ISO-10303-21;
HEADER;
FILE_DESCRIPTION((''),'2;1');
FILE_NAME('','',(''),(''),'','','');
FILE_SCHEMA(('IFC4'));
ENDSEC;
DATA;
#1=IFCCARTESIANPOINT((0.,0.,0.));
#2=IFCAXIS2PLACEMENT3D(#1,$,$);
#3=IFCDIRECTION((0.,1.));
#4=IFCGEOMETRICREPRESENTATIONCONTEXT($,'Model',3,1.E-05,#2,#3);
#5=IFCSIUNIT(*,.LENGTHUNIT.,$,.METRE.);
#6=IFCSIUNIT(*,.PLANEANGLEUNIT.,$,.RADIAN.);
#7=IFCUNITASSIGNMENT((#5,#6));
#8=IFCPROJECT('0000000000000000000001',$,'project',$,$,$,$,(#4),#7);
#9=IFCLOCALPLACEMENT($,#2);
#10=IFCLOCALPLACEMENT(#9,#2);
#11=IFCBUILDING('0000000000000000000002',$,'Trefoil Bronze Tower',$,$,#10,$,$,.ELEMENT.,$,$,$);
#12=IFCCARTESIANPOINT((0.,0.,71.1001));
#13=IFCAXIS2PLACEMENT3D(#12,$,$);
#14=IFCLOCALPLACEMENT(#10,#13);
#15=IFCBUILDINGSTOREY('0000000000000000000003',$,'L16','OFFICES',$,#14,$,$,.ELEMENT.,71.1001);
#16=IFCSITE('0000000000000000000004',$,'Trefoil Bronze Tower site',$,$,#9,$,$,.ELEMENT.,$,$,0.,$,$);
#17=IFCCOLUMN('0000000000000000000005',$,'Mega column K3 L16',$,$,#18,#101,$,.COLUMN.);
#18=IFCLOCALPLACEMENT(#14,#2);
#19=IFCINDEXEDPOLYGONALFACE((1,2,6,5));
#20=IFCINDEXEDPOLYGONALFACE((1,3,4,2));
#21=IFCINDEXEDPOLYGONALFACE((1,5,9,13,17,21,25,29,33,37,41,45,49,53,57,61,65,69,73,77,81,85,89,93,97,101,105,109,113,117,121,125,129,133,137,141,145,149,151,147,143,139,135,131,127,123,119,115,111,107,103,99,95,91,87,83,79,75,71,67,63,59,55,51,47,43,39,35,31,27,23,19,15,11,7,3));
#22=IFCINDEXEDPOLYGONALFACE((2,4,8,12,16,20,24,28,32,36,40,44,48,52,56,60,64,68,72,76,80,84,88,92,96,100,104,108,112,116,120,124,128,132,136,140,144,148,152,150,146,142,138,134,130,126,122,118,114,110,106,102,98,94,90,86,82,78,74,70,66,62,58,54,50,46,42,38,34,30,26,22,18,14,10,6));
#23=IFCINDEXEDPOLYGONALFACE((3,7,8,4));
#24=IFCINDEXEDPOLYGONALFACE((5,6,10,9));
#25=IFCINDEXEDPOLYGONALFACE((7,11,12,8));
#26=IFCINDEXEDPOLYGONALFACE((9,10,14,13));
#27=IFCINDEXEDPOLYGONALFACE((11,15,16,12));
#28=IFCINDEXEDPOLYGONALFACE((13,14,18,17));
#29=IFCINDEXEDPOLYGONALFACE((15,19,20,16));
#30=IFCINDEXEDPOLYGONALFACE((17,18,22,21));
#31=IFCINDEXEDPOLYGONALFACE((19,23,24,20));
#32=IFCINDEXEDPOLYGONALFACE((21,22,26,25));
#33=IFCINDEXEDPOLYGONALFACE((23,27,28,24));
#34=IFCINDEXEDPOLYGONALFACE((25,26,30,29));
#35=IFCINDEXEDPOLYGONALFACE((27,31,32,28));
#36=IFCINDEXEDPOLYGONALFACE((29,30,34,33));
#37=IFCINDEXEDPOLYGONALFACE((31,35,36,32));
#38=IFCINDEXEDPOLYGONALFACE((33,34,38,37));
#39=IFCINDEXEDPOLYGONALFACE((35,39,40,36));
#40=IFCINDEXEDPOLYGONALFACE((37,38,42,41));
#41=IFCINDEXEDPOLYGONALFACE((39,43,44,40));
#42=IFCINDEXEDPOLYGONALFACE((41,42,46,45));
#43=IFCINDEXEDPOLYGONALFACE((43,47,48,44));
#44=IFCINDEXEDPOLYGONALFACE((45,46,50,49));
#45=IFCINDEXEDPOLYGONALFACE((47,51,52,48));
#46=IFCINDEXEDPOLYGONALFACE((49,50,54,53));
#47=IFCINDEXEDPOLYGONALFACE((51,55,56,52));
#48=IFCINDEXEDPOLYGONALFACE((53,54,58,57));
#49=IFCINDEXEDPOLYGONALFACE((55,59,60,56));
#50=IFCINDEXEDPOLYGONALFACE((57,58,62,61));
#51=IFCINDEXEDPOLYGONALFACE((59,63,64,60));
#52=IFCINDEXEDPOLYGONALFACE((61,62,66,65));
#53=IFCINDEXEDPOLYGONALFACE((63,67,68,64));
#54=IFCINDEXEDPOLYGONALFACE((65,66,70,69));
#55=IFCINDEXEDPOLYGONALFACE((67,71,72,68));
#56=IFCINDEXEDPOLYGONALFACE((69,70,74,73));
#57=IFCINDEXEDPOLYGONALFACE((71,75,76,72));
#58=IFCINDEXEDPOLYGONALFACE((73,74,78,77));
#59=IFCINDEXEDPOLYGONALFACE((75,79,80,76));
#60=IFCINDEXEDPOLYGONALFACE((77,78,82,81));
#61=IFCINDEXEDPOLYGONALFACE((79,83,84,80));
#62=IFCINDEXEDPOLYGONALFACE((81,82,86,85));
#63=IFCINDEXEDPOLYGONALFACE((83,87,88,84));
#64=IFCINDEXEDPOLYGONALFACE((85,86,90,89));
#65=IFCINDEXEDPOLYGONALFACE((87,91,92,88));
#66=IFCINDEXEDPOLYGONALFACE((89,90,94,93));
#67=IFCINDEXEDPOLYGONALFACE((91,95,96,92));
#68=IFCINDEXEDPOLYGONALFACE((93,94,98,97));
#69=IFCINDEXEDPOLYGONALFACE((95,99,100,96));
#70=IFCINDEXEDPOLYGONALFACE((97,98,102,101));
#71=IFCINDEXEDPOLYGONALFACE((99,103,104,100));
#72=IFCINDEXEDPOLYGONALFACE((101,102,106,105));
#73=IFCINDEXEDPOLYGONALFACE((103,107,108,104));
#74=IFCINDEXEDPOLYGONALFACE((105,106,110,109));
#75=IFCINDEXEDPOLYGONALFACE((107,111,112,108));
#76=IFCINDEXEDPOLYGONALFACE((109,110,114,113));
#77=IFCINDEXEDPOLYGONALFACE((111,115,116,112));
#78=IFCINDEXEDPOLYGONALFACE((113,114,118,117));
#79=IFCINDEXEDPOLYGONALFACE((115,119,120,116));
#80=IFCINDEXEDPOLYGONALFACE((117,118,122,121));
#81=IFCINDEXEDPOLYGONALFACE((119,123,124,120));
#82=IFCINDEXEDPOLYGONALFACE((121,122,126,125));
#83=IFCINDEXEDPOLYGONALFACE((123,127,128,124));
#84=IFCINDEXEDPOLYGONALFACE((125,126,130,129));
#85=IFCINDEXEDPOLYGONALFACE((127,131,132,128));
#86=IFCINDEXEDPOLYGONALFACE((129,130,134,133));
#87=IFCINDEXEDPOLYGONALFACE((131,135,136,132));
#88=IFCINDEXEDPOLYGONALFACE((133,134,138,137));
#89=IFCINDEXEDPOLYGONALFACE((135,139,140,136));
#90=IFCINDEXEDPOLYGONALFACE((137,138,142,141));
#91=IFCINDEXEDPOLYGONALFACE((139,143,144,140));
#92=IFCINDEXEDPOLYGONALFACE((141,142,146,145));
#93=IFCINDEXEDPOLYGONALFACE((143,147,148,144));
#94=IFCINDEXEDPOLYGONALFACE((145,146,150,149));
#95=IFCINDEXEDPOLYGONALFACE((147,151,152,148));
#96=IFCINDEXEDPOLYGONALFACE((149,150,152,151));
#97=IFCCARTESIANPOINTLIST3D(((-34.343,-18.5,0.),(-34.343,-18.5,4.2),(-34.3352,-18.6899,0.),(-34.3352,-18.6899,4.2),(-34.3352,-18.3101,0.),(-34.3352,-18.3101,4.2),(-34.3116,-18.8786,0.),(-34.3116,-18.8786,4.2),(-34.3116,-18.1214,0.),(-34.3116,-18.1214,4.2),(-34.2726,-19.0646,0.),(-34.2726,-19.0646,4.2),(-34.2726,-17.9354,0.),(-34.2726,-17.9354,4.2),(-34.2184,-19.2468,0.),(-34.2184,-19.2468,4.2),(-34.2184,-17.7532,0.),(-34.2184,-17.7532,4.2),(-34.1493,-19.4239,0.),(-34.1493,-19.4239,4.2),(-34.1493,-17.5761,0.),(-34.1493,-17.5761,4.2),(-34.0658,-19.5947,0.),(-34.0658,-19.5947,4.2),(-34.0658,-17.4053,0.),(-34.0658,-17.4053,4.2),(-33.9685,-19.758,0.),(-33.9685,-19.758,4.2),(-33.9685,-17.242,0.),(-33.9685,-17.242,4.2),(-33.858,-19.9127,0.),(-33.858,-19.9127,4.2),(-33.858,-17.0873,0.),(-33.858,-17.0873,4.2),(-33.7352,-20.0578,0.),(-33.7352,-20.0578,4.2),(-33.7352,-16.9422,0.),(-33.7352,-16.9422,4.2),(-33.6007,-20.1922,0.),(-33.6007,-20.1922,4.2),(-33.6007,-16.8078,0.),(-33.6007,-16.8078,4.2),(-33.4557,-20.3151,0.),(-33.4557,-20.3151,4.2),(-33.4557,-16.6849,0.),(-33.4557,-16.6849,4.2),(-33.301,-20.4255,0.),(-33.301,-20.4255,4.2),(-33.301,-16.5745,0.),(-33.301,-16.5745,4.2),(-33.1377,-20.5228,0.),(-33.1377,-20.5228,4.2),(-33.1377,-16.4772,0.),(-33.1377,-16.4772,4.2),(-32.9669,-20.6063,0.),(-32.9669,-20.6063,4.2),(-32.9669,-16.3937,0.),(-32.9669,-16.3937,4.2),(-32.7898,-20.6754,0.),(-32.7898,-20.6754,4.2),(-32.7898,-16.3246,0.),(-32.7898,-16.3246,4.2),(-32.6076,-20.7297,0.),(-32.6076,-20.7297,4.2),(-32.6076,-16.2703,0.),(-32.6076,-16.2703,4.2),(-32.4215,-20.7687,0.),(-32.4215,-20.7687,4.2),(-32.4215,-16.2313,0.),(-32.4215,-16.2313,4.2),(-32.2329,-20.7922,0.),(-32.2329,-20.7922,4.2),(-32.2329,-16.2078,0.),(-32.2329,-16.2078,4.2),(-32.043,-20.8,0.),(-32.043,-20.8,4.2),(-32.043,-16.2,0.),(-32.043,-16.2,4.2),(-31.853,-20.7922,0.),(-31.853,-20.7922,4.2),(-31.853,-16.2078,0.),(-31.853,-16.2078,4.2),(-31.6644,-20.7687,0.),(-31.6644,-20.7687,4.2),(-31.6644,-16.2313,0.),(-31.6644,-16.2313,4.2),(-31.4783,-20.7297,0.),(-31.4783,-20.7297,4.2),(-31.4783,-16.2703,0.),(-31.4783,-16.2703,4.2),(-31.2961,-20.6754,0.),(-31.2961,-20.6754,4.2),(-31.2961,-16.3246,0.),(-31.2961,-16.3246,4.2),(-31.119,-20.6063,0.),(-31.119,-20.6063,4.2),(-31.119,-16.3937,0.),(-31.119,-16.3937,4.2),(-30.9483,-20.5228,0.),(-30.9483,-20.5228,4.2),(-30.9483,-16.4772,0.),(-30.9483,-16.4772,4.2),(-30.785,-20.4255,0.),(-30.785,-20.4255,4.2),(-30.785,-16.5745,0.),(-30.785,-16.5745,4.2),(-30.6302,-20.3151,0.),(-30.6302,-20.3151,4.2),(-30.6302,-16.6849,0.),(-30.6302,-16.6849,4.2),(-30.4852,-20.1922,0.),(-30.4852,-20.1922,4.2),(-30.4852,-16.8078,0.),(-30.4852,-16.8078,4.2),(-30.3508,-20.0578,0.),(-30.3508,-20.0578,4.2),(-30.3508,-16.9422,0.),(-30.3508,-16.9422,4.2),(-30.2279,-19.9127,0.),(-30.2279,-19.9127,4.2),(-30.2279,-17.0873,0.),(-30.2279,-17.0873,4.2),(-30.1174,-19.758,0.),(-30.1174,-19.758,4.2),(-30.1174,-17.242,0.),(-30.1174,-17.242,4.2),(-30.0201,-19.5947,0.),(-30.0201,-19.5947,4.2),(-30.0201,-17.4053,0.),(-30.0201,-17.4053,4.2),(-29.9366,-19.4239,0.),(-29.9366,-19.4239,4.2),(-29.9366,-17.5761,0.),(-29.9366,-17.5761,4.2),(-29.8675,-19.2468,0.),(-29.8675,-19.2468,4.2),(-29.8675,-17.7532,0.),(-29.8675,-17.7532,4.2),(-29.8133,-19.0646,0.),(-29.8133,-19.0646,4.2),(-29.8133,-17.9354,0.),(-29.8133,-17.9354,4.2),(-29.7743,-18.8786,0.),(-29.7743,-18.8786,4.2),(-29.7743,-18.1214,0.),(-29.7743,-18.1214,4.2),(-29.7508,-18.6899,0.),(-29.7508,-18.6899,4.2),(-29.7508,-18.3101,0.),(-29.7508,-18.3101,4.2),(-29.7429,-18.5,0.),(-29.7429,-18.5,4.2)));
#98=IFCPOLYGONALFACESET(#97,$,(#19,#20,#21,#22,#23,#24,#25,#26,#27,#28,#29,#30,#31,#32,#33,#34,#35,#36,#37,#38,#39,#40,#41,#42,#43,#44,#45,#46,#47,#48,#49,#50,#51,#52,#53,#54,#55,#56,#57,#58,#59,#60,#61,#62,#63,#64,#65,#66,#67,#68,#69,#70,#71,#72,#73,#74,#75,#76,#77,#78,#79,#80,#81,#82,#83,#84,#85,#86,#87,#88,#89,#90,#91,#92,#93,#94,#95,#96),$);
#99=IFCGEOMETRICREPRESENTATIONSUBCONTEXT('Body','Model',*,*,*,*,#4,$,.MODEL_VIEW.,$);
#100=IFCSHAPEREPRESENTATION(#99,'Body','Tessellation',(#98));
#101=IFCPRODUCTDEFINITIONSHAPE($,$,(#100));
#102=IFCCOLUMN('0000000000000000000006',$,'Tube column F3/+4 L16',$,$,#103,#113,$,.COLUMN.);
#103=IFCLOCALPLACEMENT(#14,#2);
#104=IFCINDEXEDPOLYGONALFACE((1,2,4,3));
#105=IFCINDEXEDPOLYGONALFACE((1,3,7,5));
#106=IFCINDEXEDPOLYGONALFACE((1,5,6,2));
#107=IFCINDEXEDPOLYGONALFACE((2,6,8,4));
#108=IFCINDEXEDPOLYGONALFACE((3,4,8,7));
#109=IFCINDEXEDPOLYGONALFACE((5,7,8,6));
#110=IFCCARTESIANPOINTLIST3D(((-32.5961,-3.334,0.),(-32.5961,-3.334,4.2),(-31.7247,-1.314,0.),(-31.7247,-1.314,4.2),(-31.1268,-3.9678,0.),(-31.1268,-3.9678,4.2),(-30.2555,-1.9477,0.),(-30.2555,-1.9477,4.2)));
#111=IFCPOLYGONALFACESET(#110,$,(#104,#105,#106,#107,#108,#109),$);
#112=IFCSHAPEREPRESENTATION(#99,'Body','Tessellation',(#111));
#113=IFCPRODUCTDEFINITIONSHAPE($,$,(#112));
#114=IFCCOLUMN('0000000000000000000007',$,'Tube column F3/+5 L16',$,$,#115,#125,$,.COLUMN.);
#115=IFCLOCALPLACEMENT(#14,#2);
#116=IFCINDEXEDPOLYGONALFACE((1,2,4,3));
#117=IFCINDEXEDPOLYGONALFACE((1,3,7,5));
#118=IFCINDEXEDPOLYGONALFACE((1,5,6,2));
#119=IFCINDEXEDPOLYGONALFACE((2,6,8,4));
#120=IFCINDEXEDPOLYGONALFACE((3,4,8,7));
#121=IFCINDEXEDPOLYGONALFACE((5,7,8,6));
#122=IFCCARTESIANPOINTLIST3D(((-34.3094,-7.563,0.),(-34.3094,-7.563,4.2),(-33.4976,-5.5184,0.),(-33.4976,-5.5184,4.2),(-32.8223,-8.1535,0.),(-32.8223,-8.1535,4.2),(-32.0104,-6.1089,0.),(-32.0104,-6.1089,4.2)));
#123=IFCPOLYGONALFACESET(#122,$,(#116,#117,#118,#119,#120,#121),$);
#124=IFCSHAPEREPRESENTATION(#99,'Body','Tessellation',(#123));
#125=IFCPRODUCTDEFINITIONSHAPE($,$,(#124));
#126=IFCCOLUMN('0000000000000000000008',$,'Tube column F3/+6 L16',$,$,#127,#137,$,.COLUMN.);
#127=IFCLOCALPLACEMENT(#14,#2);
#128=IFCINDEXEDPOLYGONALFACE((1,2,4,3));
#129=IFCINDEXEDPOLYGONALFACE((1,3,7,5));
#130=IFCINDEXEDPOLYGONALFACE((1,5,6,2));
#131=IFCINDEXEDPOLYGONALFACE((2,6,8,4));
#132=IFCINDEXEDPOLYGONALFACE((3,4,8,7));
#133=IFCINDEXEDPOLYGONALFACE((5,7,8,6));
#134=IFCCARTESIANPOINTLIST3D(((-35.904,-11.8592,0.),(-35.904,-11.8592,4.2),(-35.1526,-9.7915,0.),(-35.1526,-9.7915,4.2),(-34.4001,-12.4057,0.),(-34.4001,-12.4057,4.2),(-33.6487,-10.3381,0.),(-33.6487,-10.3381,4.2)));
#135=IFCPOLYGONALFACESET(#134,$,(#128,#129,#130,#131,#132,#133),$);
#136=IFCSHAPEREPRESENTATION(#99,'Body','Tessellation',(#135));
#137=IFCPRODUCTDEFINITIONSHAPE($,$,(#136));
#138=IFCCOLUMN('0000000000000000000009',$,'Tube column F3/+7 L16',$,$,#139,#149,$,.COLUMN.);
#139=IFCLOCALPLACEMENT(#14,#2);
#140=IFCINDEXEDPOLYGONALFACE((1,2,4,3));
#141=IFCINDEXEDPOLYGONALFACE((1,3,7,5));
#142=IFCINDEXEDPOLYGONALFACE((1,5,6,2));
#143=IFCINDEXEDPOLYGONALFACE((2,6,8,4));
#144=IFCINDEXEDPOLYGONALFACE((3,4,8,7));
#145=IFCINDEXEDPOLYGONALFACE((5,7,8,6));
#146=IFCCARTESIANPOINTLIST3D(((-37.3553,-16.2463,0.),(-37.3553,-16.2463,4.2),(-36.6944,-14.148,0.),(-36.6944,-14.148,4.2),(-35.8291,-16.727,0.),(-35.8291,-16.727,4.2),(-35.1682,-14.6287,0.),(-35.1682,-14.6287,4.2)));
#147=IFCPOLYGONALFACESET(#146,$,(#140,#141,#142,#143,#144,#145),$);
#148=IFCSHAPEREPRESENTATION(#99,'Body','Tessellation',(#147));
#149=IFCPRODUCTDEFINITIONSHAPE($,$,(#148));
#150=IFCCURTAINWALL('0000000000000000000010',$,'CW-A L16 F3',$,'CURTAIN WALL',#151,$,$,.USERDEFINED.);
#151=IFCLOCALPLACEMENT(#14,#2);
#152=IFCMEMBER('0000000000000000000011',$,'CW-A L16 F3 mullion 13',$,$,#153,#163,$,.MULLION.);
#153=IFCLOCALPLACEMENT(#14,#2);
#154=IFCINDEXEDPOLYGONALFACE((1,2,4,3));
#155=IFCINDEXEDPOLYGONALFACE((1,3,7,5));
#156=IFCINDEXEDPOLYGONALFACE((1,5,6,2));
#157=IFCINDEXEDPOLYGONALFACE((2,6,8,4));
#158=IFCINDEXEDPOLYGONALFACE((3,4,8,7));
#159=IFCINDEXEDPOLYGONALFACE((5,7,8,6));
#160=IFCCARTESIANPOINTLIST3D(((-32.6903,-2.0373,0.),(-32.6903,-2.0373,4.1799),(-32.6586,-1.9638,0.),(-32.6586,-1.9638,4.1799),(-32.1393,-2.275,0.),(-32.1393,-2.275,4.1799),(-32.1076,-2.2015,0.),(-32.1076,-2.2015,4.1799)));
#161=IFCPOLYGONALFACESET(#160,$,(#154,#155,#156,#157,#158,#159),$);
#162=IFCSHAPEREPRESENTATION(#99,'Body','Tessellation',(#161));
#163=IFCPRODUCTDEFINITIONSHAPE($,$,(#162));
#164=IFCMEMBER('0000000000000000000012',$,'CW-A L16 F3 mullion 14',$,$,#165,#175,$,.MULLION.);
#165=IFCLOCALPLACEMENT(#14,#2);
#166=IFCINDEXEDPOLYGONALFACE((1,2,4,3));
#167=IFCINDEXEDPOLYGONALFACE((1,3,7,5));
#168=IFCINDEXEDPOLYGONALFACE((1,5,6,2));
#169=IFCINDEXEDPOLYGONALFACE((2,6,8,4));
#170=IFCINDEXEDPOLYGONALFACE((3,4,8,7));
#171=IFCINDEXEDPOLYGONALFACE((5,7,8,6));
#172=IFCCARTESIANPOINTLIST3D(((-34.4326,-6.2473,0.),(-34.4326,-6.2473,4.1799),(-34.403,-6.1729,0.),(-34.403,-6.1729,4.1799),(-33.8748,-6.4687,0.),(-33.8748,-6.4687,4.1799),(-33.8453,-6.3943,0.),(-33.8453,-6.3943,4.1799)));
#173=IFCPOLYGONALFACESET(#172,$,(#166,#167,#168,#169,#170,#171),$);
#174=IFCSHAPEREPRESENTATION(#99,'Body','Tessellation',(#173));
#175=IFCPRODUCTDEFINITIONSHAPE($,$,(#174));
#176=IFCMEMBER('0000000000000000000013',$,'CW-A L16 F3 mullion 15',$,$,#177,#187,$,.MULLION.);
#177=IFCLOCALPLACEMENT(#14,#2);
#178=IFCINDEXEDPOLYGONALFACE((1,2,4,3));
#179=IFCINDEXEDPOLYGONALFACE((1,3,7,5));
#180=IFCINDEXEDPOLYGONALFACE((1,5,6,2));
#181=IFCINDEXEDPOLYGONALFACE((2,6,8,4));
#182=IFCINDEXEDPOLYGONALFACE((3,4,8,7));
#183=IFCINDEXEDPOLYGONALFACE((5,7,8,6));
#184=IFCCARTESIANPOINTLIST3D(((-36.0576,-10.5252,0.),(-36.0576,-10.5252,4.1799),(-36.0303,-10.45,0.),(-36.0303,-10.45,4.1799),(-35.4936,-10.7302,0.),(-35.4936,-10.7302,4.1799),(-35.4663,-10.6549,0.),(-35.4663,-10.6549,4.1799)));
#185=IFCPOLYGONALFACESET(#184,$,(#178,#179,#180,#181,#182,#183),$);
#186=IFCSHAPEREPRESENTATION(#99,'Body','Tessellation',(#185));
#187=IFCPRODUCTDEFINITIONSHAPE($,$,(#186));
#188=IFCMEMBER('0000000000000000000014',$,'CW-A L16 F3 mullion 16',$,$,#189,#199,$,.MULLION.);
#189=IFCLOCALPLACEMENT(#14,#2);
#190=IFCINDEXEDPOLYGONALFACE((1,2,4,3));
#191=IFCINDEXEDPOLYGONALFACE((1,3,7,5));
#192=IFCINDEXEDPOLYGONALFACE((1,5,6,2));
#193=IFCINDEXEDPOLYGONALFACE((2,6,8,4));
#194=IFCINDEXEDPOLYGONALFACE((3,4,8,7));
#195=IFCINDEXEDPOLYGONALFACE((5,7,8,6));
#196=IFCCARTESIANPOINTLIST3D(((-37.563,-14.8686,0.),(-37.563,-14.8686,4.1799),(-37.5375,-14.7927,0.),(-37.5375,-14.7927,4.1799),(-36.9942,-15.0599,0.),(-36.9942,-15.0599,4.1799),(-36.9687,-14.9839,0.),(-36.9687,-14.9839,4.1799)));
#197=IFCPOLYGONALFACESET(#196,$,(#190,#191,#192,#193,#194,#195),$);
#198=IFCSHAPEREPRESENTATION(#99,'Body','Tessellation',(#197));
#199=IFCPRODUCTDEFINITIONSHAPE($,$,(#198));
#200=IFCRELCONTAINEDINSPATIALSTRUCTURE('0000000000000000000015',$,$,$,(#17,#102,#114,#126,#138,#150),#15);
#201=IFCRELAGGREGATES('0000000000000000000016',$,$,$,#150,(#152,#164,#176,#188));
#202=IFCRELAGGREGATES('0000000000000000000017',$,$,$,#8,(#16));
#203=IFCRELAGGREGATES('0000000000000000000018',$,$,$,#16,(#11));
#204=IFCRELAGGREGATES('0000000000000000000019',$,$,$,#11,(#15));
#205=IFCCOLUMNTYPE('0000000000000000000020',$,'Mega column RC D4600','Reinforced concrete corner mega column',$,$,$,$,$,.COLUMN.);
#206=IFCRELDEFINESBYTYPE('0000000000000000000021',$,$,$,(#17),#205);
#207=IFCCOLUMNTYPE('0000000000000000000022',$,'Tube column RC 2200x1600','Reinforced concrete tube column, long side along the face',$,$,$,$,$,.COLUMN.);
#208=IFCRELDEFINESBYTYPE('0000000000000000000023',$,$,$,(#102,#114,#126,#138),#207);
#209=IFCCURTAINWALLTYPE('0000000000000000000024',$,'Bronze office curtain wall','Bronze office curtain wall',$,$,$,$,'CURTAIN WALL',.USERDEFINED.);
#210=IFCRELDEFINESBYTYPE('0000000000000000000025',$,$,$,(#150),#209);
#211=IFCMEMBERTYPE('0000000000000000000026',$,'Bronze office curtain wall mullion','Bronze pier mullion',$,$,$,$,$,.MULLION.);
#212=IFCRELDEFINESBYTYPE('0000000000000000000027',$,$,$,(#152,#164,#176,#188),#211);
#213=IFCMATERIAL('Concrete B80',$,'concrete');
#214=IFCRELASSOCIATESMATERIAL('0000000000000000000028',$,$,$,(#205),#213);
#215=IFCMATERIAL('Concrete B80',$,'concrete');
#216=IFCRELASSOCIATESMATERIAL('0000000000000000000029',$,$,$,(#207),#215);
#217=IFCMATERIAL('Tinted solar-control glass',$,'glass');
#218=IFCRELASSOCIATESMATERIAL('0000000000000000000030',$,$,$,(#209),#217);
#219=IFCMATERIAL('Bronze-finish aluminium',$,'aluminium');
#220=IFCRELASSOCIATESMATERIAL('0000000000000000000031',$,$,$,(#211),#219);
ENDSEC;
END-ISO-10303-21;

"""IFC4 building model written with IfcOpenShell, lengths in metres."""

from ifc_helpers import new_model, si_unit, direction, frame, origin, origin_2d, place, context, subcontext, project, spatial, rectangle, circle, extrude, material, material_profile, profile_set, type_object, element, aggregate, save


model = new_model("IFC4")

# Units and contexts
model_context = context("Model", 3, precision=1e-05, world=origin(), true_north=direction((0.0, 1.0)))
body_context = subcontext(model_context, "Body", "Model", "MODEL_VIEW")
ifc_project = project(units=[si_unit("LENGTHUNIT", "METRE"), si_unit("PLANEANGLEUNIT", "RADIAN")], contexts=[model_context])

# Site, building, storey
site_placement = place(None, origin())
site = spatial("IfcSite", under=ifc_project, at=site_placement, Name="Trefoil Bronze Tower site", CompositionType="ELEMENT", RefElevation=0.0)
building_placement = place(site_placement, origin())
building = spatial("IfcBuilding", under=site, at=building_placement, Name="Trefoil Bronze Tower", CompositionType="ELEMENT")
storey_placement = place(building_placement, frame((0.0, 0.0, 71.1001)))
storey = spatial("IfcBuildingStorey", under=building, at=storey_placement, Name="L16", Description="OFFICES", CompositionType="ELEMENT", Elevation=71.1001)

# Columns
ifc_material_1 = material(Name="Concrete B80", Category="concrete")
ifc_material_profile_1 = material_profile(ifc_material_1, circle(Radius=2.3, at=origin_2d()), Name="RC D4600")
ifc_profile_set_1 = profile_set([ifc_material_profile_1], Name="Concrete B80")
column_type_1 = type_object("IfcColumnType", Name="Mega column RC D4600", Description="Reinforced concrete corner mega column", PredefinedType="COLUMN", material=ifc_profile_set_1)
column_placement = place(storey_placement, frame((-32.043, -18.5, 0.0), z_axis=(0.0, 0.0, 1.0), x_axis=(1.0, 0.0, 0.0)))
element("IfcColumn", 1, at=column_placement, inside=storey, type_object=column_type_1, Name="Mega column K3 L16", PredefinedType="COLUMN", context=body_context, shape_type="SweptSolid", body=[
    extrude(circle(Radius=2.3, at=origin_2d()), origin(), (0.0, 0.0, 1.0), 4.2),
])
ifc_material_2 = material(Name="Concrete B80", Category="concrete")
ifc_material_profile_2 = material_profile(ifc_material_2, rectangle(XDim=2.2, YDim=1.6001, at=origin_2d()), Name="RC 2200x1600")
ifc_profile_set_2 = profile_set([ifc_material_profile_2], Name="Concrete B80")
column_type_2 = type_object("IfcColumnType", Name="Tube column RC 2200x1600", Description="Reinforced concrete tube column, long side along the face", PredefinedType="COLUMN", material=ifc_profile_set_2)
for number, where, z_axis, x_axis, name in (
    (2, (-31.4258, -2.6409, 0.0), (0.0, 0.0, 1.0), (-0.396085, -0.918214, 0.0), "Tube column F3/+4 L16"),
    (3, (-33.1599, -6.8359, 0.0), (0.0, 0.0, 1.0), (-0.36904, -0.929414, 0.0), "Tube column F3/+5 L16"),
    (4, (-34.7764, -11.0986, 0.0), (0.0, 0.0, 1.0), (-0.341559, -0.93986, 0.0), "Tube column F3/+6 L16"),
    (5, (-36.2617, -15.4375, 0.0), (0.0, 0.0, 1.0), (-0.300414, -0.953809, 0.0), "Tube column F3/+7 L16"),
):
    element("IfcColumn", number, at=place(storey_placement, frame(where, z_axis=z_axis, x_axis=x_axis)), inside=storey, type_object=column_type_2, Name=name, PredefinedType="COLUMN", context=body_context, shape_type="SweptSolid", body=[
        extrude(rectangle(XDim=2.2, YDim=1.6001, at=origin_2d()), origin(), (0.0, 0.0, 1.0), 4.2),
    ])

# Curtain wall, members
ifc_material_3 = material(Name="Tinted solar-control glass", Category="glass")
curtain_wall_type_1 = type_object("IfcCurtainWallType", Name="Bronze office curtain wall", Description="Bronze office curtain wall", ElementType="CURTAIN WALL", PredefinedType="USERDEFINED", material=ifc_material_3)
curtain_wall_1_placement = place(storey_placement, origin())
curtain_wall_1 = element("IfcCurtainWall", 6, at=curtain_wall_1_placement, inside=storey, type_object=curtain_wall_type_1, Name="CW-A L16 F3", ObjectType="CURTAIN WALL", PredefinedType="USERDEFINED")
ifc_material_4 = material(Name="Bronze-finish aluminium", Category="aluminium")
ifc_material_profile_3 = material_profile(ifc_material_4, rectangle(XDim=0.6001, YDim=0.0801, at=origin_2d()), Name="CW-A mullion")
ifc_profile_set_3 = profile_set([ifc_material_profile_3], Name="Bronze-finish aluminium")
member_type_1 = type_object("IfcMemberType", Name="Bronze office curtain wall mullion", Description="Bronze pier mullion", PredefinedType="MULLION", material=ifc_profile_set_3)
member_1_placement = place(storey_placement, frame((-32.3989, -2.1194, 0.0), z_axis=(0.0, 0.0, 1.0), x_axis=(0.918214, -0.396085, 0.0)))
member_1 = element("IfcMember", 7, at=member_1_placement, type_object=member_type_1, Name="CW-A L16 F3 mullion 13", PredefinedType="MULLION", context=body_context, shape_type="SweptSolid", body=[
    extrude(rectangle(XDim=0.6001, YDim=0.0801, at=origin_2d()), origin(), (0.0, 0.0, 1.0), 4.1799),
])
member_2_placement = place(storey_placement, frame((-34.1389, -6.3208, 0.0), z_axis=(0.0, 0.0, 1.0), x_axis=(0.929414, -0.36904, 0.0)))
member_2 = element("IfcMember", 8, at=member_2_placement, type_object=member_type_1, Name="CW-A L16 F3 mullion 14", PredefinedType="MULLION", context=body_context, shape_type="SweptSolid", body=[
    extrude(rectangle(XDim=0.6001, YDim=0.0801, at=origin_2d()), origin(), (0.0, 0.0, 1.0), 4.1799),
])
member_3_placement = place(storey_placement, frame((-35.762, -10.5901, 0.0), z_axis=(0.0, 0.0, 1.0), x_axis=(0.93986, -0.341559, 0.0)))
member_3 = element("IfcMember", 9, at=member_3_placement, type_object=member_type_1, Name="CW-A L16 F3 mullion 15", PredefinedType="MULLION", context=body_context, shape_type="SweptSolid", body=[
    extrude(rectangle(XDim=0.6001, YDim=0.0801, at=origin_2d()), origin(), (0.0, 0.0, 1.0), 4.1799),
])
member_4_placement = place(storey_placement, frame((-37.2659, -14.9263, 0.0), z_axis=(0.0, 0.0, 1.0), x_axis=(0.947851, -0.318715, 0.0)))
member_4 = element("IfcMember", 10, at=member_4_placement, type_object=member_type_1, Name="CW-A L16 F3 mullion 16", PredefinedType="MULLION", context=body_context, shape_type="SweptSolid", body=[
    extrude(rectangle(XDim=0.6001, YDim=0.0801, at=origin_2d()), origin(), (0.0, 0.0, 1.0), 4.1799),
])

aggregate(curtain_wall_1, [member_1, member_2, member_3, member_4])

save(model, "model.ifc")
